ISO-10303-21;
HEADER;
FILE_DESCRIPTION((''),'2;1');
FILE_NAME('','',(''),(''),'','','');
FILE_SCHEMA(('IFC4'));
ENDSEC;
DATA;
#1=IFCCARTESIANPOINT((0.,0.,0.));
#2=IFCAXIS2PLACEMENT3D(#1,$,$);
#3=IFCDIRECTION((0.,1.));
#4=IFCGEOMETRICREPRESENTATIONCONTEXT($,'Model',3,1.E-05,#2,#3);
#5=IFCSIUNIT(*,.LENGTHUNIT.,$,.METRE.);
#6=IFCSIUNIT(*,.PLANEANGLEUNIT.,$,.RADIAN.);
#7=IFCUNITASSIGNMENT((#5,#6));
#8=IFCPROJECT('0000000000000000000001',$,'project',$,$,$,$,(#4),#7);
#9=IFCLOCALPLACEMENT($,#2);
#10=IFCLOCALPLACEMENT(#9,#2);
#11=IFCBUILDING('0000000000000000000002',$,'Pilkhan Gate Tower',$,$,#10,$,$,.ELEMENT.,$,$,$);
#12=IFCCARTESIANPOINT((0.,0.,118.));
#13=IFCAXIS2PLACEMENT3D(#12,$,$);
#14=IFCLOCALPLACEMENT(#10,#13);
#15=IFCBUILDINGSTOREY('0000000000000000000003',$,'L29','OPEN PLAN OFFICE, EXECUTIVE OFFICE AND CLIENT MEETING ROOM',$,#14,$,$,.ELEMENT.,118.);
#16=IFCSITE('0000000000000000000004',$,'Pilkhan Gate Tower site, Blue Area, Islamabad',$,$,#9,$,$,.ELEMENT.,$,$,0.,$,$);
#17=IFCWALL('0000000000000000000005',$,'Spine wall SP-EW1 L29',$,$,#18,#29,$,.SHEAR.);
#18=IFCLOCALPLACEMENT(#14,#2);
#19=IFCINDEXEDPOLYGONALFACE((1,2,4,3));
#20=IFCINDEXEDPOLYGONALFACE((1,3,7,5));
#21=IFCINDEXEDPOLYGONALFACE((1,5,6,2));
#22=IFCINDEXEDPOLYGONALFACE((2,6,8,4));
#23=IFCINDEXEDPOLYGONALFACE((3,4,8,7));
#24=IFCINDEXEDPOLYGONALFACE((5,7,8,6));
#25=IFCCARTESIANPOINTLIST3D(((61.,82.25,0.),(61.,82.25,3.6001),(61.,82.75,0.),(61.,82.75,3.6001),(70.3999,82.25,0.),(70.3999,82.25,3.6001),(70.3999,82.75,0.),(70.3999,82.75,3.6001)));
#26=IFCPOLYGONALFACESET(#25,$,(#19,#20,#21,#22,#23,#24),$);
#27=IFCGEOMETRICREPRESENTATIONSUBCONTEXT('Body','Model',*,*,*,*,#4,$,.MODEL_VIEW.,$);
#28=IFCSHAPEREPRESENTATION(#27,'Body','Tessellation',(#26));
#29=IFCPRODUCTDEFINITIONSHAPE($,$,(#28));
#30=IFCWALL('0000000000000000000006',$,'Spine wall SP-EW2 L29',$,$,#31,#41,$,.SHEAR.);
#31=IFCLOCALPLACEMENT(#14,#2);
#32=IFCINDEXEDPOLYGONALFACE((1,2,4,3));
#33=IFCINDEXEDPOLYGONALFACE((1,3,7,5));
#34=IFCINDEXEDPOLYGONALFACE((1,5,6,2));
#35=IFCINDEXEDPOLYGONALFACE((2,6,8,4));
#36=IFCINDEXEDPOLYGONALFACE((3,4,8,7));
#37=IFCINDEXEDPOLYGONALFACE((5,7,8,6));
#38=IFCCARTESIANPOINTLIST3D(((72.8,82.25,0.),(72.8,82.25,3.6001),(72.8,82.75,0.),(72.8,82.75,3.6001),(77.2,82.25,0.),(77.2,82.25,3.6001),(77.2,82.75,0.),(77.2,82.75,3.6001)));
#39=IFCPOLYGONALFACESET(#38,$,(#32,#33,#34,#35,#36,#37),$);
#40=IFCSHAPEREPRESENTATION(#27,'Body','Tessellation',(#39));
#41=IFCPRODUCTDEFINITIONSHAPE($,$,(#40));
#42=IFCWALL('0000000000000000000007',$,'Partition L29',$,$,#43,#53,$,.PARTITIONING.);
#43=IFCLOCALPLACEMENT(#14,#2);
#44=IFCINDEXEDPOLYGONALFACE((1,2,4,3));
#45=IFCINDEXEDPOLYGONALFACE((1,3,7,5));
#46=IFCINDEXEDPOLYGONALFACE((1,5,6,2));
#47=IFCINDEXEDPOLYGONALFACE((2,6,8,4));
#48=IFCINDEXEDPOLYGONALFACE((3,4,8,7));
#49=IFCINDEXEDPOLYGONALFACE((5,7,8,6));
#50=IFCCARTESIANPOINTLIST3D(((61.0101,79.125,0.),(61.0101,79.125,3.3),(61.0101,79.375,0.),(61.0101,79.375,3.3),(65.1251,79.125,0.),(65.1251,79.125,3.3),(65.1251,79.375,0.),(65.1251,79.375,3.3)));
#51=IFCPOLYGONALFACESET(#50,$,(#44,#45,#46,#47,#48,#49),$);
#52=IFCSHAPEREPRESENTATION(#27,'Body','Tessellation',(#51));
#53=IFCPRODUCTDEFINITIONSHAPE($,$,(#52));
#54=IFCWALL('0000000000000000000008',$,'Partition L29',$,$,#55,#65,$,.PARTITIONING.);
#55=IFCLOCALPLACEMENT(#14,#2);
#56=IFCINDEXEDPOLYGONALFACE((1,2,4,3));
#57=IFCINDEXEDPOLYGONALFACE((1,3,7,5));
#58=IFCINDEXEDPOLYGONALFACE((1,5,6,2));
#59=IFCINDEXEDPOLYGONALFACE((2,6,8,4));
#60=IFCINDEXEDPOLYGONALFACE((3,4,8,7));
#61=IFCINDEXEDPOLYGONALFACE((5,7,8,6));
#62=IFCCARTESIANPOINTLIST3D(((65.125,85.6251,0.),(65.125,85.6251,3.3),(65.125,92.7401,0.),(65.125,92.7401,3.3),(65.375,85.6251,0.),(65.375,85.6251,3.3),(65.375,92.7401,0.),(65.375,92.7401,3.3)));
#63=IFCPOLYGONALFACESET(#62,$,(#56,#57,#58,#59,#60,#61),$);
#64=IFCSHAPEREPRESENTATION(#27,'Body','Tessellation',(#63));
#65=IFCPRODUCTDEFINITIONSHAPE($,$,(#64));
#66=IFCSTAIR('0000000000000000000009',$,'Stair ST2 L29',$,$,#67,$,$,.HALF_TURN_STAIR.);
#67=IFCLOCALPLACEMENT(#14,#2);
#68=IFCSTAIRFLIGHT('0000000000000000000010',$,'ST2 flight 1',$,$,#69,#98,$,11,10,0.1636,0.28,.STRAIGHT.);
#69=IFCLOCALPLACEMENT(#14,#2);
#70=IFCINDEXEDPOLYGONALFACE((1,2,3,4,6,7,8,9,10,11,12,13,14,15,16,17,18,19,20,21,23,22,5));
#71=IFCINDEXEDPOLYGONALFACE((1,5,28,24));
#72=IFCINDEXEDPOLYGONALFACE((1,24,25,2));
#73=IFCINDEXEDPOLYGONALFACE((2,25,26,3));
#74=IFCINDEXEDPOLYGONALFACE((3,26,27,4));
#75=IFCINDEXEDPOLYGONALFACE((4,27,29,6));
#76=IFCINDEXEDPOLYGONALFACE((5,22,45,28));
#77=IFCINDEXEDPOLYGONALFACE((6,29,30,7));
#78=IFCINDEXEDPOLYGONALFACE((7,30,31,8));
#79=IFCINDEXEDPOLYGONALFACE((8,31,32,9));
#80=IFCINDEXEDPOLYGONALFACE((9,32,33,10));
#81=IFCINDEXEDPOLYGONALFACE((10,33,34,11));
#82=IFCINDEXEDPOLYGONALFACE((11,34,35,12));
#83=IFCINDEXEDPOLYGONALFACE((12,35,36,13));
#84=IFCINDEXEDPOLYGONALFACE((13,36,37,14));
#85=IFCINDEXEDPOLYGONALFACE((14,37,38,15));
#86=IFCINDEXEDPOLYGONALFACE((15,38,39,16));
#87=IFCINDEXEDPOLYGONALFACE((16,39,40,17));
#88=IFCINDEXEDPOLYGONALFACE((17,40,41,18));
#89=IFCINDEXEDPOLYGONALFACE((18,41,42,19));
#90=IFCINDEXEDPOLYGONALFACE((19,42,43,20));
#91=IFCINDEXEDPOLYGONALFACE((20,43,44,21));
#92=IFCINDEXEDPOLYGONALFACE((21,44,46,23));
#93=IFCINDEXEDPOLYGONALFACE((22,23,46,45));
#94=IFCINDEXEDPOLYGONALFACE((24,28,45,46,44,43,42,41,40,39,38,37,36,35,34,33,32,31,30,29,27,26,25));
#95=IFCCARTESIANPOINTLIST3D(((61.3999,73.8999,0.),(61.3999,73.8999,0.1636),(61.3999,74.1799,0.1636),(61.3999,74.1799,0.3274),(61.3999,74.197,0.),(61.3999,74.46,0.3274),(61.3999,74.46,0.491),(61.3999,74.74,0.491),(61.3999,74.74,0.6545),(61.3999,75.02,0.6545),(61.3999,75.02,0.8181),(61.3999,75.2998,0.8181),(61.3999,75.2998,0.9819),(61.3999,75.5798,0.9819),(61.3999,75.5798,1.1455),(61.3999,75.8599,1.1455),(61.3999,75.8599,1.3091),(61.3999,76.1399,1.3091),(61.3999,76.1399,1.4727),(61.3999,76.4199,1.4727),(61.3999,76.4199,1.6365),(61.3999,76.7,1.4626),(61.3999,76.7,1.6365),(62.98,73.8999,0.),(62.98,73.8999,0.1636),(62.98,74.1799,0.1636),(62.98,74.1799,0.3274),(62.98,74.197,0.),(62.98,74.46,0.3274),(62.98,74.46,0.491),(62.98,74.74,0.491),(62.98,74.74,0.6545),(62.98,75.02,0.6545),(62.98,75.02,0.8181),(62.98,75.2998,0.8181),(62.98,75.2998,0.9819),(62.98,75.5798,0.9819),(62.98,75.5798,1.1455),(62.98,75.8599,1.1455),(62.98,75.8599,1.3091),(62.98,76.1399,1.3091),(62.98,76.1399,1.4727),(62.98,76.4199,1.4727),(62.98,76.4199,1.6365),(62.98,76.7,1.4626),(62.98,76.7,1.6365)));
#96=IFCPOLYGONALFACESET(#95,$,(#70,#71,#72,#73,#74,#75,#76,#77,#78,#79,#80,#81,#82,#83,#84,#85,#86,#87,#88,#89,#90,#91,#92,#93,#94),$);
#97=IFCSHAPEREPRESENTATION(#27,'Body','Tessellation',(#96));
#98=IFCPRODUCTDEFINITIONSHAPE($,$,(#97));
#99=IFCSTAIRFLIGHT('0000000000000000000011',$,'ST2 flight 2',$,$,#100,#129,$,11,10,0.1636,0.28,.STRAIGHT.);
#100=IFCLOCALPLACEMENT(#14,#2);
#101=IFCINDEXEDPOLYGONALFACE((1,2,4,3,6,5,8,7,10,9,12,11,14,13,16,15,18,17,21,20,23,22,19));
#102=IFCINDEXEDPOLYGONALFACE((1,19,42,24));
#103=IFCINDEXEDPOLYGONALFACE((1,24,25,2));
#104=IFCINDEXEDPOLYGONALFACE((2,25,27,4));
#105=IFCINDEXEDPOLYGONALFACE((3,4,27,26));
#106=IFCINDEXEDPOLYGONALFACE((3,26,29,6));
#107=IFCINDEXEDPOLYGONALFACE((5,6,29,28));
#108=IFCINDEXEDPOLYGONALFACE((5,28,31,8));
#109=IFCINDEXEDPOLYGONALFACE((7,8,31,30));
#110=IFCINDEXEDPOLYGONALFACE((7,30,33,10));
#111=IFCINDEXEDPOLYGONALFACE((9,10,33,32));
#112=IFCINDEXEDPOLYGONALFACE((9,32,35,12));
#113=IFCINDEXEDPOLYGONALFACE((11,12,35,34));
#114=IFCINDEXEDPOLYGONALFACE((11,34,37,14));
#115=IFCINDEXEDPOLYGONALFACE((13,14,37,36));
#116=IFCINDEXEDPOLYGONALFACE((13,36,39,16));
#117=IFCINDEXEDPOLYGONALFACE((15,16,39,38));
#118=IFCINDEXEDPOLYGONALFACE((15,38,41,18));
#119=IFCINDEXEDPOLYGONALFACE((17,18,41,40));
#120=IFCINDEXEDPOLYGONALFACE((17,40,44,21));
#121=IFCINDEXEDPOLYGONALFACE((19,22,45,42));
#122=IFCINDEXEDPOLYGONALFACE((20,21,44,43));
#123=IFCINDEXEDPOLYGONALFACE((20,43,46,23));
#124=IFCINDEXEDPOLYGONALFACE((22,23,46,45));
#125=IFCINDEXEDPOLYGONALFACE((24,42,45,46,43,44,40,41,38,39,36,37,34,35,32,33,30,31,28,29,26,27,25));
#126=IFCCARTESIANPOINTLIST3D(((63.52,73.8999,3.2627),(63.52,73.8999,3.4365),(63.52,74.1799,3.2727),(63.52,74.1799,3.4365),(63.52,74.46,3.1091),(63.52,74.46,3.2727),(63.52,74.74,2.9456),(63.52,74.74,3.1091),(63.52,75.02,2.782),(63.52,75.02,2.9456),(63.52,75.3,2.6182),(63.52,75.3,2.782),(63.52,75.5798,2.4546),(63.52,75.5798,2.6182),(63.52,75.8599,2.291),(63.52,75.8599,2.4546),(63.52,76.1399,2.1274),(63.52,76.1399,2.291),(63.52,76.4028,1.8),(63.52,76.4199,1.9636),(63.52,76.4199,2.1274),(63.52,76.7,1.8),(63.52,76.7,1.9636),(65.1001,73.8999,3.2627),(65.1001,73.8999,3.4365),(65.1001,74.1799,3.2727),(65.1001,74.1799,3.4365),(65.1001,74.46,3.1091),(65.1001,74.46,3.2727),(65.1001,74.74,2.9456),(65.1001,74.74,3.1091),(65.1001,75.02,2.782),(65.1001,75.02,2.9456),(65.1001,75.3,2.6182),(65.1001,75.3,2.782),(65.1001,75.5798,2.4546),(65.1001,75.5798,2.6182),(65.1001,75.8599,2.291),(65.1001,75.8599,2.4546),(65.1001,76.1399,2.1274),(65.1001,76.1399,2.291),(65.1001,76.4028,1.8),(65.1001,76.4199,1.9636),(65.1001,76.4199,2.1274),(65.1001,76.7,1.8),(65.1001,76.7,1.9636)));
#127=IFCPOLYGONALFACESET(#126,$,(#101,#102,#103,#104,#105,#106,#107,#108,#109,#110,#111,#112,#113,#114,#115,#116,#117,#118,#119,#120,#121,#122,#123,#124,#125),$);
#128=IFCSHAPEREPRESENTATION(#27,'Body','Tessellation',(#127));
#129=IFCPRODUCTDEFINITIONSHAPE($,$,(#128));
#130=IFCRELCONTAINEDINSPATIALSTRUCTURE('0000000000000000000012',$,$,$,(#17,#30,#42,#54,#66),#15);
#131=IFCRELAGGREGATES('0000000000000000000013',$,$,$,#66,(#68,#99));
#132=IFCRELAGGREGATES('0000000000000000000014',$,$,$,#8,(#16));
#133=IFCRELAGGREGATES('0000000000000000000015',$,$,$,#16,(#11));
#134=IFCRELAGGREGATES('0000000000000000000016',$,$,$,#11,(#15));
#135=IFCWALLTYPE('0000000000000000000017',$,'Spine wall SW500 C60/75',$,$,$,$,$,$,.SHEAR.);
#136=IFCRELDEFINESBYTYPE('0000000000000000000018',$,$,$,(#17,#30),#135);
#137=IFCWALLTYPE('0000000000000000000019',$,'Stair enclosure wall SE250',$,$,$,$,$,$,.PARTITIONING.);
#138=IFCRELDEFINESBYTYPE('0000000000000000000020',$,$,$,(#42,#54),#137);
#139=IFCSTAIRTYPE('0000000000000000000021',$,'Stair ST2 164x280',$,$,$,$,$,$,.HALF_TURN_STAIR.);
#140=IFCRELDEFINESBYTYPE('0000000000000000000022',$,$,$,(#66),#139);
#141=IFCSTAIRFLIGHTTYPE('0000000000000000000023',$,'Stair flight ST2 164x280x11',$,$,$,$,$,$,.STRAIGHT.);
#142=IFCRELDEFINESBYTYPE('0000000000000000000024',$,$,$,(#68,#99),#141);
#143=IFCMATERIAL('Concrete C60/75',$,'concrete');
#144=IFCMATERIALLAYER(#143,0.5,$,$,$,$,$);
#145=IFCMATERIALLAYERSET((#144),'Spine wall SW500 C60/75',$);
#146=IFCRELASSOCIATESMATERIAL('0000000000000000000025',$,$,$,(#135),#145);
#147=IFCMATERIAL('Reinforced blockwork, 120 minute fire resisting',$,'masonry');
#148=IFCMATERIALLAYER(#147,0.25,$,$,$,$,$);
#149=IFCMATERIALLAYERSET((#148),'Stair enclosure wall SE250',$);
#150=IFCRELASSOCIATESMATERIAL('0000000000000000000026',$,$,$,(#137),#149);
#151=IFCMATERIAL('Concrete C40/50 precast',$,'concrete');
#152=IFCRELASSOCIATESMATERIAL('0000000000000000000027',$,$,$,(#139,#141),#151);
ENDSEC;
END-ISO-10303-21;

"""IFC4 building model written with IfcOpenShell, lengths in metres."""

from ifc_helpers import new_model, si_unit, direction, frame, frame_2d, origin, place, context, subcontext, project, spatial, polyline, rectangle, outline, extrude, material, layer, layer_set, type_object, element, aggregate, save


model = new_model("IFC4")

# Units and contexts
model_context = context("Model", 3, precision=1e-05, world=origin(), true_north=direction((0.0, 1.0)))
body_context = subcontext(model_context, "Body", "Model", "MODEL_VIEW")
ifc_project = project(units=[si_unit("LENGTHUNIT", "METRE"), si_unit("PLANEANGLEUNIT", "RADIAN")], contexts=[model_context])

# Site, building, storey
site_placement = place(None, origin())
site = spatial("IfcSite", under=ifc_project, at=site_placement, Name="Pilkhan Gate Tower site, Blue Area, Islamabad", CompositionType="ELEMENT", RefElevation=0.0)
building_placement = place(site_placement, origin())
building = spatial("IfcBuilding", under=site, at=building_placement, Name="Pilkhan Gate Tower", CompositionType="ELEMENT")
storey_placement = place(building_placement, frame((0.0, 0.0, 118.0)))
storey = spatial("IfcBuildingStorey", under=building, at=storey_placement, Name="L29", Description="OPEN PLAN OFFICE, EXECUTIVE OFFICE AND CLIENT MEETING ROOM", CompositionType="ELEMENT", Elevation=118.0)

# Shared definitions
ifc_material_1 = material(Name="Concrete C60/75", Category="concrete")

# Walls
ifc_layer_1 = layer(ifc_material_1, 0.5)
ifc_layer_set_1 = layer_set([ifc_layer_1], Name="Spine wall SW500 C60/75")
wall_type_1 = type_object("IfcWallType", Name="Spine wall SW500 C60/75", PredefinedType="SHEAR", material=ifc_layer_set_1)
wall_1_placement = place(storey_placement, frame((61.0, 82.5, 0.0), z_axis=(0.0, 0.0, 1.0), x_axis=(1.0, 0.0, 0.0)))
element("IfcWall", 1, at=wall_1_placement, inside=storey, type_object=wall_type_1, Name="Spine wall SP-EW1 L29", PredefinedType="SHEAR", context=body_context, shape_type="SweptSolid", body=[
    extrude(rectangle(XDim=9.3999, YDim=0.5, at=frame_2d((4.7, 0.0))), origin(), (0.0, 0.0, 1.0), 3.6001),
])
wall_2_placement = place(storey_placement, frame((72.8, 82.5, 0.0), z_axis=(0.0, 0.0, 1.0), x_axis=(1.0, 0.0, 0.0)))
element("IfcWall", 2, at=wall_2_placement, inside=storey, type_object=wall_type_1, Name="Spine wall SP-EW2 L29", PredefinedType="SHEAR", context=body_context, shape_type="SweptSolid", body=[
    extrude(rectangle(XDim=4.3999, YDim=0.5, at=frame_2d((2.2, 0.0))), origin(), (0.0, 0.0, 1.0), 3.6001),
])
ifc_material_2 = material(Name="Reinforced blockwork, 120 minute fire resisting", Category="masonry")
ifc_layer_2 = layer(ifc_material_2, 0.25)
ifc_layer_set_2 = layer_set([ifc_layer_2], Name="Stair enclosure wall SE250")
wall_type_2 = type_object("IfcWallType", Name="Stair enclosure wall SE250", PredefinedType="PARTITIONING", material=ifc_layer_set_2)
wall_3_placement = place(storey_placement, frame((61.01, 79.25, 0.0), z_axis=(0.0, 0.0, 1.0), x_axis=(1.0, 0.0, 0.0)))
element("IfcWall", 3, at=wall_3_placement, inside=storey, type_object=wall_type_2, Name="Partition L29", PredefinedType="PARTITIONING", context=body_context, shape_type="SweptSolid", body=[
    extrude(rectangle(XDim=4.115, YDim=0.25, at=frame_2d((2.0576, 0.0))), origin(), (0.0, 0.0, 1.0), 3.3),
])
wall_4_placement = place(storey_placement, frame((65.25, 85.625, 0.0), z_axis=(0.0, 0.0, 1.0), x_axis=(0.0, 1.0, 0.0)))
element("IfcWall", 4, at=wall_4_placement, inside=storey, type_object=wall_type_2, Name="Partition L29", PredefinedType="PARTITIONING", context=body_context, shape_type="SweptSolid", body=[
    extrude(rectangle(XDim=7.115, YDim=0.25, at=frame_2d((3.5576, 0.0))), origin(), (0.0, 0.0, 1.0), 3.3),
])

# Stair, stair flights
ifc_material_3 = material(Name="Concrete C40/50 precast", Category="concrete")
stair_type = type_object("IfcStairType", Name="Stair ST2 164x280", PredefinedType="HALF_TURN_STAIR", material=ifc_material_3)
stair_placement = place(storey_placement, origin())
stair = element("IfcStair", 5, at=stair_placement, inside=storey, type_object=stair_type, Name="Stair ST2 L29", PredefinedType="HALF_TURN_STAIR")
stair_flight_type = type_object("IfcStairFlightType", Name="Stair flight ST2 164x280x11", PredefinedType="STRAIGHT", material=ifc_material_3)
stair_flight_1_placement = place(storey_placement, frame((62.1899, 73.8999, 0.0), z_axis=(0.0, 0.0, 1.0), x_axis=(0.0, 1.0, 0.0)))
stair_flight_1 = element("IfcStairFlight", 6, at=stair_flight_1_placement, type_object=stair_flight_type, Name="ST2 flight 1", NumberOfRisers=11, NumberOfTreads=10, PredefinedType="STRAIGHT", RiserHeight=0.1636, TreadLength=0.28, context=body_context, shape_type="SweptSolid", body=[
    extrude(outline(polyline([(0.0, 0.0), (0.0, 0.1636), (0.28, 0.1636), (0.28, 0.3274), (0.5601, 0.3274), (0.5601, 0.491), (0.8401, 0.491), (0.8401, 0.6545), (1.1201, 0.6545), (1.1201, 0.8181), (1.3999, 0.8181), (1.3999, 0.9819), (1.6799, 0.9819), (1.6799, 1.1455), (1.96, 1.1455), (1.96, 1.3091), (2.24, 1.3091), (2.24, 1.4727), (2.52, 1.4727), (2.52, 1.6365), (2.8, 1.6365), (2.8, 1.8), (2.8, 1.4626), (0.2971, 0.0), (0.0, 0.0)])), frame((0.0, 0.79, 0.0), z_axis=(0.0, -1.0, 0.0), x_axis=(1.0, 0.0, 0.0)), (0.0, 0.0, 1.0), 1.5801),
])
stair_flight_2_placement = place(storey_placement, frame((64.3101, 76.7, 1.8), z_axis=(0.0, 0.0, 1.0), x_axis=(0.0, -1.0, 0.0)))
stair_flight_2 = element("IfcStairFlight", 7, at=stair_flight_2_placement, type_object=stair_flight_type, Name="ST2 flight 2", NumberOfRisers=11, NumberOfTreads=10, PredefinedType="STRAIGHT", RiserHeight=0.1636, TreadLength=0.28, context=body_context, shape_type="SweptSolid", body=[
    extrude(outline(polyline([(0.0, 0.0), (0.0, 0.1636), (0.28, 0.1636), (0.28, 0.3274), (0.5601, 0.3274), (0.5601, 0.491), (0.8401, 0.491), (0.8401, 0.6545), (1.1201, 0.6545), (1.1201, 0.8181), (1.3999, 0.8181), (1.3999, 0.9819), (1.6799, 0.9819), (1.6799, 1.1455), (1.96, 1.1455), (1.96, 1.3091), (2.24, 1.3091), (2.24, 1.4727), (2.52, 1.4727), (2.52, 1.6365), (2.8, 1.6365), (2.8, 1.8), (2.8, 1.4626), (0.2971, 0.0), (0.0, 0.0)])), frame((0.0, 0.79, 0.0), z_axis=(0.0, -1.0, 0.0), x_axis=(1.0, 0.0, 0.0)), (0.0, 0.0, 1.0), 1.5801),
])
aggregate(stair, [stair_flight_1, stair_flight_2])

save(model, "model.ifc")
